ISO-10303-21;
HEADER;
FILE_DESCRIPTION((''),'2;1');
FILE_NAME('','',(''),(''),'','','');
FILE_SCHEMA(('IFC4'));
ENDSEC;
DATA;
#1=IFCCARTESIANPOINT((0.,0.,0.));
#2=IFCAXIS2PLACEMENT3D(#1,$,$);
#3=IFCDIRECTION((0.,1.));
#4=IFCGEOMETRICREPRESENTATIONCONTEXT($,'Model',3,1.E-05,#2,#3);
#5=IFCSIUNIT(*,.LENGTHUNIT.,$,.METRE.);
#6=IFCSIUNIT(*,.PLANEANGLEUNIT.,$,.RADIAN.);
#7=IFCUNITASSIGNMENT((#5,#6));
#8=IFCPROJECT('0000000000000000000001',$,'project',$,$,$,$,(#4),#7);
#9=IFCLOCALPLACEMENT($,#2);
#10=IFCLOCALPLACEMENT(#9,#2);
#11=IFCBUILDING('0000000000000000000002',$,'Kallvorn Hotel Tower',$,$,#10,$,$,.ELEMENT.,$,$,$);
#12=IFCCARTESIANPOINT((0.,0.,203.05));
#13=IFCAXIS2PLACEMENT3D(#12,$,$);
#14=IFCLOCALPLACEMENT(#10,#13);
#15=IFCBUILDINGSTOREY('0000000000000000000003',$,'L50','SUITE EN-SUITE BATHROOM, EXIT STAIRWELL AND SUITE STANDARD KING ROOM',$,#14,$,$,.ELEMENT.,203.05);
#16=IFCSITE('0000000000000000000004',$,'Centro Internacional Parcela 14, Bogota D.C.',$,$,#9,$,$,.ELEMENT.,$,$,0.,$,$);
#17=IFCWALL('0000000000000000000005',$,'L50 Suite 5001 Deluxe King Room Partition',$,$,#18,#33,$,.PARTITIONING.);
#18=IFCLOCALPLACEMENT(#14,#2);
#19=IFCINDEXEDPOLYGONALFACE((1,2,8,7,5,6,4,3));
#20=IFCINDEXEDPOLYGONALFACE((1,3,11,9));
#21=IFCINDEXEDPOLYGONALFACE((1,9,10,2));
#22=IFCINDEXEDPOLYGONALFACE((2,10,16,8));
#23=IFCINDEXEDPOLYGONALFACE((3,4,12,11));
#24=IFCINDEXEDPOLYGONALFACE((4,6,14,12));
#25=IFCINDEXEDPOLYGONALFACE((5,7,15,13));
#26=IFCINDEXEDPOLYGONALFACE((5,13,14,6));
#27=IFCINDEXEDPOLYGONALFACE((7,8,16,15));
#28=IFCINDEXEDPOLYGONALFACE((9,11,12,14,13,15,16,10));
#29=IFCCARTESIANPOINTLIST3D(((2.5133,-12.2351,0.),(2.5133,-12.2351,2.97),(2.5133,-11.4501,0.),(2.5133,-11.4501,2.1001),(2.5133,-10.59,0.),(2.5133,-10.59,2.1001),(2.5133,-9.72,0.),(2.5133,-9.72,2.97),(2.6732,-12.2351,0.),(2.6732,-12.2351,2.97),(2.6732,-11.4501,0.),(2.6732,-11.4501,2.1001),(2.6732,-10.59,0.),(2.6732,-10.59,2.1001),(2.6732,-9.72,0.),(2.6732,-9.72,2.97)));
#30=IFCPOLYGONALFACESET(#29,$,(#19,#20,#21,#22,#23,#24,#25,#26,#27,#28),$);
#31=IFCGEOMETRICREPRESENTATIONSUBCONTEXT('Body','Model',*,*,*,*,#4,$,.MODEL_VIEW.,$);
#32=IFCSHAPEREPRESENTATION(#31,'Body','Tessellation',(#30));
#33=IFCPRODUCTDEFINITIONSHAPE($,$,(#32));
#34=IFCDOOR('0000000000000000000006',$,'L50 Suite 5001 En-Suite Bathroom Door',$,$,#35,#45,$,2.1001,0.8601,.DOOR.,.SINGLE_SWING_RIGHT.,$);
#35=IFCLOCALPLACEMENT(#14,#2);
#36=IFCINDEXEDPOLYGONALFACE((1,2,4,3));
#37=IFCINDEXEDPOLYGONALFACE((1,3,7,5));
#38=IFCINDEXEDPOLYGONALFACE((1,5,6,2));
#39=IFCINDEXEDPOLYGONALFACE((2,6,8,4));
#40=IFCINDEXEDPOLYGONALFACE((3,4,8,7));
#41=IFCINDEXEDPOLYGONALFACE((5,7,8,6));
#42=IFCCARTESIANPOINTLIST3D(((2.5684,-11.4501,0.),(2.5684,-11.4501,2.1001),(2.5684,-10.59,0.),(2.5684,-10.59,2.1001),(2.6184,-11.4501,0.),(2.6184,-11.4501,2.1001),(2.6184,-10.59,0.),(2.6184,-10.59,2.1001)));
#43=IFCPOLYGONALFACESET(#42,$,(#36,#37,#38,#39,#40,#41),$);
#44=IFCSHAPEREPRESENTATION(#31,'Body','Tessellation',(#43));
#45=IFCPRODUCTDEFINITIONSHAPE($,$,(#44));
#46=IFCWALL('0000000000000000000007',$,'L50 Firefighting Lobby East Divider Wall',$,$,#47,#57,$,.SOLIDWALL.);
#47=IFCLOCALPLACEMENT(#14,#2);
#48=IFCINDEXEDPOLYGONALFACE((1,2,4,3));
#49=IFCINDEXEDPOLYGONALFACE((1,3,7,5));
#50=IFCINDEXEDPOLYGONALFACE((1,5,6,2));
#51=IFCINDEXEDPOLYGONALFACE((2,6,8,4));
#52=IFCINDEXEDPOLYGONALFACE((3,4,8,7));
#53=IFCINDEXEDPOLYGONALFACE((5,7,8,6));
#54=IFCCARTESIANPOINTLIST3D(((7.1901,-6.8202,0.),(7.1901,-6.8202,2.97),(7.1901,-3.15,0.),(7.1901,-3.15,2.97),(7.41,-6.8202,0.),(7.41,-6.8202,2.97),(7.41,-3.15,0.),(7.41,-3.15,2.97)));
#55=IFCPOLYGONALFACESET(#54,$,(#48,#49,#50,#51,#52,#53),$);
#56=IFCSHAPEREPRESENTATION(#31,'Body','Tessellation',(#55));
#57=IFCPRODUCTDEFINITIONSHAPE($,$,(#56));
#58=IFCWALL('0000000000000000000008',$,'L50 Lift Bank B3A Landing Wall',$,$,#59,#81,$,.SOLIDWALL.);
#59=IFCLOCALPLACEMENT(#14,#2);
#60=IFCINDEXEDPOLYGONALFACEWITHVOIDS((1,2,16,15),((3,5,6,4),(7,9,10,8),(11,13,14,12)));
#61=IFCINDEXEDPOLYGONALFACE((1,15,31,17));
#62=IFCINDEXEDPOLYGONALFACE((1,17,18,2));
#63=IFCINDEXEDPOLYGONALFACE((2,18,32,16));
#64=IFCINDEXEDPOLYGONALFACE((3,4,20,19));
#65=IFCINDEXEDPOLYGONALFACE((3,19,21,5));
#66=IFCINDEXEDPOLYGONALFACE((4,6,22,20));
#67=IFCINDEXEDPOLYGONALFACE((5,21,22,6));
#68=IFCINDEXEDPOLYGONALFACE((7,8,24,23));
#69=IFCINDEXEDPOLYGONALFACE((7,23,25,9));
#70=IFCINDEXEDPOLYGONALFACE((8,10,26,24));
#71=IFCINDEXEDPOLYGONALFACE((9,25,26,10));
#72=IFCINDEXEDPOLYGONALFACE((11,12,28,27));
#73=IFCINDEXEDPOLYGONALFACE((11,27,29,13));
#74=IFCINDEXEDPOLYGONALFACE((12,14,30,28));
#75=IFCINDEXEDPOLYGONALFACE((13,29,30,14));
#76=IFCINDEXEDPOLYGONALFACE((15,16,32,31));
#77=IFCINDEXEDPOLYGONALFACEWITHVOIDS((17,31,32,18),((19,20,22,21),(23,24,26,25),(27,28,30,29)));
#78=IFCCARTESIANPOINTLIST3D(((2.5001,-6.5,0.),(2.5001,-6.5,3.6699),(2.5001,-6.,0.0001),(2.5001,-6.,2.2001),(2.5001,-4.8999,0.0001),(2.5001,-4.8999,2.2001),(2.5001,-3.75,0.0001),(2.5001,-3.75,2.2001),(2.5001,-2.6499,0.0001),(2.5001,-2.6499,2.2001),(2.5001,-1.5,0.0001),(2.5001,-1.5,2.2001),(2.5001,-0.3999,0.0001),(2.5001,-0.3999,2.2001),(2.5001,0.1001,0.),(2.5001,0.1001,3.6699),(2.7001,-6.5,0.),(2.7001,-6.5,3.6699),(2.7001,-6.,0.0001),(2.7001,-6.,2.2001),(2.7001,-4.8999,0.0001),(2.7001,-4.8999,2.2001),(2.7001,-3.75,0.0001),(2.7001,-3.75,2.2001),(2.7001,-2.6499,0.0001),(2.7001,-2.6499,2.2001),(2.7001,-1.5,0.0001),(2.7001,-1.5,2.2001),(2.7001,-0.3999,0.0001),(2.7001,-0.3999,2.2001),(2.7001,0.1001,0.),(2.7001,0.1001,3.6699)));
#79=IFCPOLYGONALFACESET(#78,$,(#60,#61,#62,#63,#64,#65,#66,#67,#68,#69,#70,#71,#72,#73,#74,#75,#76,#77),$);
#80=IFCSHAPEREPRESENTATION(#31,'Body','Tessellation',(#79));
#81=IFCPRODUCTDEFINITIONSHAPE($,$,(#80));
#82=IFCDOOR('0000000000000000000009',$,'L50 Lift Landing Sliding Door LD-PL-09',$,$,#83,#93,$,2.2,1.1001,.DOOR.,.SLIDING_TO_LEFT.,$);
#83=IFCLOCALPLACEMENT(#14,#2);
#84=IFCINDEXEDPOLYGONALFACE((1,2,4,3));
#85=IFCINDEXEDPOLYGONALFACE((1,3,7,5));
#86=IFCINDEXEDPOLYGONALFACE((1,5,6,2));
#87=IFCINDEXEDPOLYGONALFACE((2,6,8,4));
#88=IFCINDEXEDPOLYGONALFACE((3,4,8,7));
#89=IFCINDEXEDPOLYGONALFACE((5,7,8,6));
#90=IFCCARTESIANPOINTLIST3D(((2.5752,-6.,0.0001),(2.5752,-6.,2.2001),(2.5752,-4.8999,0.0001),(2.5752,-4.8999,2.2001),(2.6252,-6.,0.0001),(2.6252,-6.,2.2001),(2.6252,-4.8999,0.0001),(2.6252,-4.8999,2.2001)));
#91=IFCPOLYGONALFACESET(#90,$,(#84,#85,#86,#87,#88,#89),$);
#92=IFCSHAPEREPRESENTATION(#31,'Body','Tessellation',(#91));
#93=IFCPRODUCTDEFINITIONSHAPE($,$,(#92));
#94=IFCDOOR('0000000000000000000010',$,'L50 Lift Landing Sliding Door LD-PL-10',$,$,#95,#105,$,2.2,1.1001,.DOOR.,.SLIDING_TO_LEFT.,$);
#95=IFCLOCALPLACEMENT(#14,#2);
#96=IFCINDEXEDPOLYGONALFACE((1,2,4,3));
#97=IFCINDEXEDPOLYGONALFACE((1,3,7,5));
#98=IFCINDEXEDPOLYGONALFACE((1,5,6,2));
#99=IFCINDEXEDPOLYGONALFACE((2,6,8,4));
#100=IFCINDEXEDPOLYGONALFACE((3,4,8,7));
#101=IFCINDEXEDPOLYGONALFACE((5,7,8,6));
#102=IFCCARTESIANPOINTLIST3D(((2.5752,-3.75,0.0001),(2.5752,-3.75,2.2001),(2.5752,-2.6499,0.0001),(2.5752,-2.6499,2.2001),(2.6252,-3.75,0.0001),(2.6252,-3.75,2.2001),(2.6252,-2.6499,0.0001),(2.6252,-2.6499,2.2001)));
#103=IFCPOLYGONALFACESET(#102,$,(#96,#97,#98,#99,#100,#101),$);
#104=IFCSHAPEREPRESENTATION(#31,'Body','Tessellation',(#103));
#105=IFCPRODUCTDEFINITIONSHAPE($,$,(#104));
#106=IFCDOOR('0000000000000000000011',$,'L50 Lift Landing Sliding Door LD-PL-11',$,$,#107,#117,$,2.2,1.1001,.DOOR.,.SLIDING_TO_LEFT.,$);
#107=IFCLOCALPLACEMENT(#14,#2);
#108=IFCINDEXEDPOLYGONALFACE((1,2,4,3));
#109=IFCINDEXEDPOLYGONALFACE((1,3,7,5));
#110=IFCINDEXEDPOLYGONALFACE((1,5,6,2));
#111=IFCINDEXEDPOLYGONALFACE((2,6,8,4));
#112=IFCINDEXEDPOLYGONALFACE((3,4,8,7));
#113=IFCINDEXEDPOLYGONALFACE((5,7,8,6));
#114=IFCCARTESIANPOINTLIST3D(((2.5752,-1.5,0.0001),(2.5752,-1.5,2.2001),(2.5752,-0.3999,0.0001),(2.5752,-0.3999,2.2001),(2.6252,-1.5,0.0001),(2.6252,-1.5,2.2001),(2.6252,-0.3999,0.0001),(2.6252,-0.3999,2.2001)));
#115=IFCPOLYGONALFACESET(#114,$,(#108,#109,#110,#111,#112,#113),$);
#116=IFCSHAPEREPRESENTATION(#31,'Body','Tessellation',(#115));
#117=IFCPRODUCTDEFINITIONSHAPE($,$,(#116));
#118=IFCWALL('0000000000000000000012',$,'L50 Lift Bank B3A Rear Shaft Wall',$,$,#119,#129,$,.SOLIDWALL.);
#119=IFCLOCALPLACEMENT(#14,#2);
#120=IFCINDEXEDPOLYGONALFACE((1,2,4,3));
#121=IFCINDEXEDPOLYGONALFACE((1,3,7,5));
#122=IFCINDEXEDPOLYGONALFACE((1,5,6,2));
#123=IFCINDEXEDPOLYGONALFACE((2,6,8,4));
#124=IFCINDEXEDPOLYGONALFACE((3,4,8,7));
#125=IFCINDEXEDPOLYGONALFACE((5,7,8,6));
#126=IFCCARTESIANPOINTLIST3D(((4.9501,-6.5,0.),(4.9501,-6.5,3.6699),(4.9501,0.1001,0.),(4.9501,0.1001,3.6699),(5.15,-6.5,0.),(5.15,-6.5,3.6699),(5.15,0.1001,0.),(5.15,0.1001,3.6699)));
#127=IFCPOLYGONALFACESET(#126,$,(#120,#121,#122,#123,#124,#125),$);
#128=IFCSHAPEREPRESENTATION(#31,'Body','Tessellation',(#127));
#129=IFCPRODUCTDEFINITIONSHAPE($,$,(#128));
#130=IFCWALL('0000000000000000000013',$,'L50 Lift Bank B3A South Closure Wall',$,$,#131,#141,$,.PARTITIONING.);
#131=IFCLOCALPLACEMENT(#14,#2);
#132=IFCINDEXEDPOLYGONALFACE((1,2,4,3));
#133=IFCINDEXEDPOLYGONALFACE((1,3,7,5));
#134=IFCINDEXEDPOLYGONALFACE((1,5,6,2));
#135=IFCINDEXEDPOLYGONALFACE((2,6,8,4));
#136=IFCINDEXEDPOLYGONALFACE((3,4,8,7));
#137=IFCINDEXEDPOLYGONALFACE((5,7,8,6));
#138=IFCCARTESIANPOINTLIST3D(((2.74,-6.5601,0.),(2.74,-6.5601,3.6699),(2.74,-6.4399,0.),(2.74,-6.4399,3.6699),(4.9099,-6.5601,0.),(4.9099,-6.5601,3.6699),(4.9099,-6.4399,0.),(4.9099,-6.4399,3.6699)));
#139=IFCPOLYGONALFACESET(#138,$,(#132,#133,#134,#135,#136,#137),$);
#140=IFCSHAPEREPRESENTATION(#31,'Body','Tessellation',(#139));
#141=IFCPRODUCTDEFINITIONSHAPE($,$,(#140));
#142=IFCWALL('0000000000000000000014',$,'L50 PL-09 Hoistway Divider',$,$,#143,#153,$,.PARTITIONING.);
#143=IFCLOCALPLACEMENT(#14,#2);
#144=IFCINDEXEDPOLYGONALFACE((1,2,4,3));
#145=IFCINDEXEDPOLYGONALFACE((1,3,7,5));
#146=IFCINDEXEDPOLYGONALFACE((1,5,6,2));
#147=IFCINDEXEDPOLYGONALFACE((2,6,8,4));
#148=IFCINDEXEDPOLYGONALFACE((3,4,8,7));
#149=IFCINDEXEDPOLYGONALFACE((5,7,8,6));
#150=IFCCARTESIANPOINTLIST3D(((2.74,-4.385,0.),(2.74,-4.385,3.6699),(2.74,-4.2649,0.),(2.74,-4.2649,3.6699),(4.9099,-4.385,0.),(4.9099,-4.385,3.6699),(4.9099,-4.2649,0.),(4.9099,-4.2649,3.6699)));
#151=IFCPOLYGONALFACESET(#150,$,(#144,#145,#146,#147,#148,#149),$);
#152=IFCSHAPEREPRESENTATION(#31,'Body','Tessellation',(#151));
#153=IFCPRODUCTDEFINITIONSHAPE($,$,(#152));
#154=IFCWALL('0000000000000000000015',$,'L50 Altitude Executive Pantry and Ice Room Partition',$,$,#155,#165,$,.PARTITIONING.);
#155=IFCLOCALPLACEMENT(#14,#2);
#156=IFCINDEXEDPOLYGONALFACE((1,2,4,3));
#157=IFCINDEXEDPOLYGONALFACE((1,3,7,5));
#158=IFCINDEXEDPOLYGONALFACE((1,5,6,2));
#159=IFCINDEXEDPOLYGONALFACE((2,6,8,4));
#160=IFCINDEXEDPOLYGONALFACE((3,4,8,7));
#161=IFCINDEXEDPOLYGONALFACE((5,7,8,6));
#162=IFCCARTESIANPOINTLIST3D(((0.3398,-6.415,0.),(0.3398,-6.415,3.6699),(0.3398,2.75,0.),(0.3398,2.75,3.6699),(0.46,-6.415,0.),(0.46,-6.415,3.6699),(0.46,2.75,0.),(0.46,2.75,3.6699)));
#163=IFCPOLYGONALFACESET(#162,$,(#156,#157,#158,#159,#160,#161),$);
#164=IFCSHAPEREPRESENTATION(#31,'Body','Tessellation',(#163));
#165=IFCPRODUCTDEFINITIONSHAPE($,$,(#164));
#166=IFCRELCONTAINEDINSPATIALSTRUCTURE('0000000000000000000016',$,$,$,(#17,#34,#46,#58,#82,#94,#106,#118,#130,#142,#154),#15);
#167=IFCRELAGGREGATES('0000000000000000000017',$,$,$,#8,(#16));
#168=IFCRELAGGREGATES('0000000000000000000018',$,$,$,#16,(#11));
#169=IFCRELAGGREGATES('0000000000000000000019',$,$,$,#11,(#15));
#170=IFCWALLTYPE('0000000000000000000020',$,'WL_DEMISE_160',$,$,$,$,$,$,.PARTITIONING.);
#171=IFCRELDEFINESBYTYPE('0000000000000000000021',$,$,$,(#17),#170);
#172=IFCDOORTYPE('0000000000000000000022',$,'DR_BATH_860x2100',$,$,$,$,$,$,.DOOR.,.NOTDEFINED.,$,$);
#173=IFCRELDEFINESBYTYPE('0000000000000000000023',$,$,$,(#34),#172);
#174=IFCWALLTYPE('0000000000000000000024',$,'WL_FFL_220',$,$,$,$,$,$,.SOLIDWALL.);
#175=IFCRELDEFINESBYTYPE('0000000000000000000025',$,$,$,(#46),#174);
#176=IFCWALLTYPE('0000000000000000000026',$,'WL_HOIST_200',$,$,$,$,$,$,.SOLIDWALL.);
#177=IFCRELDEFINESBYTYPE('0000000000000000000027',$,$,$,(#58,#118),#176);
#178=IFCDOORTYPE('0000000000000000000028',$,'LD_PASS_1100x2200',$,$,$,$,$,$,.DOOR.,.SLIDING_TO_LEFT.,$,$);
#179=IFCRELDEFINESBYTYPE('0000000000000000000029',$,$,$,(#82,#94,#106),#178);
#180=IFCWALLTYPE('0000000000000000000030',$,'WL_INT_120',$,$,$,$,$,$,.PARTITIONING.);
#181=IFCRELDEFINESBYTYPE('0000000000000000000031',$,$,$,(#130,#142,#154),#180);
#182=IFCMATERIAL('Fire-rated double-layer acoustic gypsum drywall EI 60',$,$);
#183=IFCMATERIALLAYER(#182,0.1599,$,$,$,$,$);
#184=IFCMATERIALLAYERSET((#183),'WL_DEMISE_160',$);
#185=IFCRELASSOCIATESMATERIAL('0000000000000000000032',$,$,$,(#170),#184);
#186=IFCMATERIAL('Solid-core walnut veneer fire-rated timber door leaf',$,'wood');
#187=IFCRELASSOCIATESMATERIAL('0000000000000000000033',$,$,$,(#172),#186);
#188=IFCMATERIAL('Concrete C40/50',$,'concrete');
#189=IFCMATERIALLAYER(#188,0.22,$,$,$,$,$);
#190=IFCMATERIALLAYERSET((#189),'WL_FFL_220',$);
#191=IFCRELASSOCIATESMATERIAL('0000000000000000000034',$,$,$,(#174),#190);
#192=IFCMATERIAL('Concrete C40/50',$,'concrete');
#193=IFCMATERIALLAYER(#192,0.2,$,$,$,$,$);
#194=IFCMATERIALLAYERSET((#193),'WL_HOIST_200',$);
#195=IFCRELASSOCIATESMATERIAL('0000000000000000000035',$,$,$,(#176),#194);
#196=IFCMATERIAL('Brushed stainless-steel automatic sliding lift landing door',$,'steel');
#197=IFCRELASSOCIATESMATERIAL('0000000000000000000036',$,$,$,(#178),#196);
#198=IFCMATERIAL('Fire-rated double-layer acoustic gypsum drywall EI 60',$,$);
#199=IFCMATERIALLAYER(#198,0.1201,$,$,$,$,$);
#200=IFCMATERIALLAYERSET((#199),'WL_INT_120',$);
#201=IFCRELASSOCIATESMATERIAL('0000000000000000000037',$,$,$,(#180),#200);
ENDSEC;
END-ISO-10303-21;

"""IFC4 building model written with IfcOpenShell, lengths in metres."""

from ifc_helpers import new_model, si_unit, direction, frame, frame_2d, origin, place, context, subcontext, project, spatial, rectangle, extrude, material, layer, layer_set, type_object, element, fill, save


model = new_model("IFC4")

# Units and contexts
model_context = context("Model", 3, precision=1e-05, world=origin(), true_north=direction((0.0, 1.0)))
body_context = subcontext(model_context, "Body", "Model", "MODEL_VIEW")
ifc_project = project(units=[si_unit("LENGTHUNIT", "METRE"), si_unit("PLANEANGLEUNIT", "RADIAN")], contexts=[model_context])

# Site, building, storey
site_placement = place(None, origin())
site = spatial("IfcSite", under=ifc_project, at=site_placement, Name="Centro Internacional Parcela 14, Bogota D.C.", CompositionType="ELEMENT", RefElevation=0.0)
building_placement = place(site_placement, origin())
building = spatial("IfcBuilding", under=site, at=building_placement, Name="Kallvorn Hotel Tower", CompositionType="ELEMENT")
storey_placement = place(building_placement, frame((0.0, 0.0, 203.05)))
storey = spatial("IfcBuildingStorey", under=building, at=storey_placement, Name="L50", Description="SUITE EN-SUITE BATHROOM, EXIT STAIRWELL AND SUITE STANDARD KING ROOM", CompositionType="ELEMENT", Elevation=203.05)

# Shared definitions
ifc_material_1 = material(Name="Fire-rated double-layer acoustic gypsum drywall EI 60")
ifc_layer_1 = layer(ifc_material_1, 0.1599)
ifc_layer_set_1 = layer_set([ifc_layer_1], Name="WL_DEMISE_160")
wall_type_1 = type_object("IfcWallType", Name="WL_DEMISE_160", PredefinedType="PARTITIONING", material=ifc_layer_set_1)

# Wall, opening, door
wall_1_placement = place(storey_placement, frame((2.5933, -12.2351, 0.0), z_axis=(0.0, 0.0, 1.0), x_axis=(0.0, 1.0, 0.0)))
wall_1 = element("IfcWall", 1, at=wall_1_placement, inside=storey, type_object=wall_type_1, Name="L50 Suite 5001 Deluxe King Room Partition", PredefinedType="PARTITIONING", context=body_context, shape_type="SweptSolid", body=[
    extrude(rectangle(XDim=2.5151, YDim=0.1599, at=frame_2d((1.2576, 0.0))), origin(), (0.0, 0.0, 1.0), 2.97),
])
opening_1_placement = place(wall_1_placement, frame((0.7849, 0.0, 0.0)))
opening_1 = element("IfcOpeningElement", 2, at=opening_1_placement, cuts=wall_1, PredefinedType="OPENING", context=body_context, shape_type="SweptSolid", body=[
    extrude(rectangle(XDim=0.8601, YDim=2.1001, at=frame_2d((0.4302, 1.05))), frame((0.0, 0.095, 0.0), z_axis=(0.0, -1.0, 0.0), x_axis=(1.0, 0.0, 0.0)), (0.0, 0.0, 1.0), 0.1899),
])
ifc_material_2 = material(Name="Solid-core walnut veneer fire-rated timber door leaf", Category="wood")
door_type_1 = type_object("IfcDoorType", Name="DR_BATH_860x2100", OperationType="NOTDEFINED", PredefinedType="DOOR", material=ifc_material_2)
door_1_placement = place(opening_1_placement, origin())
door_1 = element("IfcDoor", 3, at=door_1_placement, inside=storey, type_object=door_type_1, Name="L50 Suite 5001 En-Suite Bathroom Door", OperationType="SINGLE_SWING_RIGHT", OverallHeight=2.1001, OverallWidth=0.8601, PredefinedType="DOOR", context=body_context, shape_type="SweptSolid", body=[
    extrude(rectangle(XDim=0.8601, YDim=2.1001, at=frame_2d((0.4302, 1.05))), frame((0.0, 0.0249, 0.0), z_axis=(0.0, -1.0, 0.0), x_axis=(1.0, 0.0, 0.0)), (0.0, 0.0, 1.0), 0.05),
])
fill(opening_1, door_1)

# Wall
ifc_material_3 = material(Name="Concrete C40/50", Category="concrete")
ifc_layer_2 = layer(ifc_material_3, 0.22)
ifc_layer_set_2 = layer_set([ifc_layer_2], Name="WL_FFL_220")
wall_type_2 = type_object("IfcWallType", Name="WL_FFL_220", PredefinedType="SOLIDWALL", material=ifc_layer_set_2)
wall_2_placement = place(storey_placement, frame((7.3, -6.8201, 0.0), z_axis=(0.0, 0.0, 1.0), x_axis=(0.0, 1.0, 0.0)))
element("IfcWall", 4, at=wall_2_placement, inside=storey, type_object=wall_type_2, Name="L50 Firefighting Lobby East Divider Wall", PredefinedType="SOLIDWALL", context=body_context, shape_type="SweptSolid", body=[
    extrude(rectangle(XDim=3.6702, YDim=0.22, at=frame_2d((1.835, 0.0))), origin(), (0.0, 0.0, 1.0), 2.97),
])

# Wall, openings, doors
ifc_material_4 = material(Name="Concrete C40/50", Category="concrete")
ifc_layer_3 = layer(ifc_material_4, 0.2)
ifc_layer_set_3 = layer_set([ifc_layer_3], Name="WL_HOIST_200")
wall_type_3 = type_object("IfcWallType", Name="WL_HOIST_200", PredefinedType="SOLIDWALL", material=ifc_layer_set_3)
wall_3_placement = place(storey_placement, frame((2.6001, -6.5, 0.0), z_axis=(0.0, 0.0, 1.0), x_axis=(0.0, 1.0, 0.0)))
wall_3 = element("IfcWall", 5, at=wall_3_placement, inside=storey, type_object=wall_type_3, Name="L50 Lift Bank B3A Landing Wall", PredefinedType="SOLIDWALL", context=body_context, shape_type="SweptSolid", body=[
    extrude(rectangle(XDim=6.6001, YDim=0.2, at=frame_2d((3.3, 0.0))), origin(), (0.0, 0.0, 1.0), 3.6699),
])
opening_2_placement = place(wall_3_placement, frame((0.5, 0.0, 0.0)))
opening_2 = element("IfcOpeningElement", 6, at=opening_2_placement, cuts=wall_3, PredefinedType="OPENING", context=body_context, shape_type="SweptSolid", body=[
    extrude(rectangle(XDim=1.1001, YDim=2.2, at=frame_2d((0.55, 1.1001))), frame((0.0, 0.115, 0.0), z_axis=(0.0, -1.0, 0.0), x_axis=(1.0, 0.0, 0.0)), (0.0, 0.0, 1.0), 0.23),
])
opening_3_placement = place(wall_3_placement, frame((2.75, 0.0, 0.0)))
opening_3 = element("IfcOpeningElement", 7, at=opening_3_placement, cuts=wall_3, PredefinedType="OPENING", context=body_context, shape_type="SweptSolid", body=[
    extrude(rectangle(XDim=1.1001, YDim=2.2, at=frame_2d((0.55, 1.1001))), frame((0.0, 0.115, 0.0), z_axis=(0.0, -1.0, 0.0), x_axis=(1.0, 0.0, 0.0)), (0.0, 0.0, 1.0), 0.23),
])
opening_4_placement = place(wall_3_placement, frame((5.0, 0.0, 0.0)))
opening_4 = element("IfcOpeningElement", 8, at=opening_4_placement, cuts=wall_3, PredefinedType="OPENING", context=body_context, shape_type="SweptSolid", body=[
    extrude(rectangle(XDim=1.1001, YDim=2.2, at=frame_2d((0.55, 1.1001))), frame((0.0, 0.115, 0.0), z_axis=(0.0, -1.0, 0.0), x_axis=(1.0, 0.0, 0.0)), (0.0, 0.0, 1.0), 0.23),
])
ifc_material_5 = material(Name="Brushed stainless-steel automatic sliding lift landing door", Category="steel")
door_type_2 = type_object("IfcDoorType", Name="LD_PASS_1100x2200", OperationType="SLIDING_TO_LEFT", PredefinedType="DOOR", material=ifc_material_5)
door_2_placement = place(opening_2_placement, origin())
door_2 = element("IfcDoor", 9, at=door_2_placement, inside=storey, type_object=door_type_2, Name="L50 Lift Landing Sliding Door LD-PL-09", OperationType="SLIDING_TO_LEFT", OverallHeight=2.2, OverallWidth=1.1001, PredefinedType="DOOR", context=body_context, shape_type="SweptSolid", body=[
    extrude(rectangle(XDim=1.1001, YDim=2.2, at=frame_2d((0.55, 1.1001))), frame((0.0, 0.0249, 0.0), z_axis=(0.0, -1.0, 0.0), x_axis=(1.0, 0.0, 0.0)), (0.0, 0.0, 1.0), 0.05),
])
fill(opening_2, door_2)
door_3_placement = place(opening_3_placement, origin())
door_3 = element("IfcDoor", 10, at=door_3_placement, inside=storey, type_object=door_type_2, Name="L50 Lift Landing Sliding Door LD-PL-10", OperationType="SLIDING_TO_LEFT", OverallHeight=2.2, OverallWidth=1.1001, PredefinedType="DOOR", context=body_context, shape_type="SweptSolid", body=[
    extrude(rectangle(XDim=1.1001, YDim=2.2, at=frame_2d((0.55, 1.1001))), frame((0.0, 0.0249, 0.0), z_axis=(0.0, -1.0, 0.0), x_axis=(1.0, 0.0, 0.0)), (0.0, 0.0, 1.0), 0.05),
])
fill(opening_3, door_3)
door_4_placement = place(opening_4_placement, origin())
door_4 = element("IfcDoor", 11, at=door_4_placement, inside=storey, type_object=door_type_2, Name="L50 Lift Landing Sliding Door LD-PL-11", OperationType="SLIDING_TO_LEFT", OverallHeight=2.2, OverallWidth=1.1001, PredefinedType="DOOR", context=body_context, shape_type="SweptSolid", body=[
    extrude(rectangle(XDim=1.1001, YDim=2.2, at=frame_2d((0.55, 1.1001))), frame((0.0, 0.0249, 0.0), z_axis=(0.0, -1.0, 0.0), x_axis=(1.0, 0.0, 0.0)), (0.0, 0.0, 1.0), 0.05),
])
fill(opening_4, door_4)

# Walls
wall_4_placement = place(storey_placement, frame((5.05, -6.5, 0.0), z_axis=(0.0, 0.0, 1.0), x_axis=(0.0, 1.0, 0.0)))
element("IfcWall", 12, at=wall_4_placement, inside=storey, type_object=wall_type_3, Name="L50 Lift Bank B3A Rear Shaft Wall", PredefinedType="SOLIDWALL", context=body_context, shape_type="SweptSolid", body=[
    extrude(rectangle(XDim=6.6001, YDim=0.2, at=frame_2d((3.3, 0.0))), origin(), (0.0, 0.0, 1.0), 3.6699),
])
ifc_material_6 = material(Name="Fire-rated double-layer acoustic gypsum drywall EI 60")
ifc_layer_4 = layer(ifc_material_6, 0.1201)
ifc_layer_set_4 = layer_set([ifc_layer_4], Name="WL_INT_120")
wall_type_4 = type_object("IfcWallType", Name="WL_INT_120", PredefinedType="PARTITIONING", material=ifc_layer_set_4)
for number, where, z_axis, x_axis, name in (
    (13, (2.74, -6.5, 0.0), (0.0, 0.0, 1.0), (1.0, 0.0, 0.0), "L50 Lift Bank B3A South Closure Wall"),
    (14, (2.74, -4.325, 0.0), (0.0, 0.0, 1.0), (1.0, 0.0, 0.0), "L50 PL-09 Hoistway Divider"),
):
    element("IfcWall", number, at=place(storey_placement, frame(where, z_axis=z_axis, x_axis=x_axis)), inside=storey, type_object=wall_type_4, Name=name, PredefinedType="PARTITIONING", context=body_context, shape_type="SweptSolid", body=[
        extrude(rectangle(XDim=2.1699, YDim=0.1201, at=frame_2d((1.085, 0.0))), origin(), (0.0, 0.0, 1.0), 3.6699),
    ])
wall_5_placement = place(storey_placement, frame((0.3999, -6.415, 0.0), z_axis=(0.0, 0.0, 1.0), x_axis=(0.0, 1.0, 0.0)))
element("IfcWall", 15, at=wall_5_placement, inside=storey, type_object=wall_type_4, Name="L50 Altitude Executive Pantry and Ice Room Partition", PredefinedType="PARTITIONING", context=body_context, shape_type="SweptSolid", body=[
    extrude(rectangle(XDim=9.165, YDim=0.1201, at=frame_2d((4.5825, 0.0))), origin(), (0.0, 0.0, 1.0), 3.6699),
])

save(model, "model.ifc")
